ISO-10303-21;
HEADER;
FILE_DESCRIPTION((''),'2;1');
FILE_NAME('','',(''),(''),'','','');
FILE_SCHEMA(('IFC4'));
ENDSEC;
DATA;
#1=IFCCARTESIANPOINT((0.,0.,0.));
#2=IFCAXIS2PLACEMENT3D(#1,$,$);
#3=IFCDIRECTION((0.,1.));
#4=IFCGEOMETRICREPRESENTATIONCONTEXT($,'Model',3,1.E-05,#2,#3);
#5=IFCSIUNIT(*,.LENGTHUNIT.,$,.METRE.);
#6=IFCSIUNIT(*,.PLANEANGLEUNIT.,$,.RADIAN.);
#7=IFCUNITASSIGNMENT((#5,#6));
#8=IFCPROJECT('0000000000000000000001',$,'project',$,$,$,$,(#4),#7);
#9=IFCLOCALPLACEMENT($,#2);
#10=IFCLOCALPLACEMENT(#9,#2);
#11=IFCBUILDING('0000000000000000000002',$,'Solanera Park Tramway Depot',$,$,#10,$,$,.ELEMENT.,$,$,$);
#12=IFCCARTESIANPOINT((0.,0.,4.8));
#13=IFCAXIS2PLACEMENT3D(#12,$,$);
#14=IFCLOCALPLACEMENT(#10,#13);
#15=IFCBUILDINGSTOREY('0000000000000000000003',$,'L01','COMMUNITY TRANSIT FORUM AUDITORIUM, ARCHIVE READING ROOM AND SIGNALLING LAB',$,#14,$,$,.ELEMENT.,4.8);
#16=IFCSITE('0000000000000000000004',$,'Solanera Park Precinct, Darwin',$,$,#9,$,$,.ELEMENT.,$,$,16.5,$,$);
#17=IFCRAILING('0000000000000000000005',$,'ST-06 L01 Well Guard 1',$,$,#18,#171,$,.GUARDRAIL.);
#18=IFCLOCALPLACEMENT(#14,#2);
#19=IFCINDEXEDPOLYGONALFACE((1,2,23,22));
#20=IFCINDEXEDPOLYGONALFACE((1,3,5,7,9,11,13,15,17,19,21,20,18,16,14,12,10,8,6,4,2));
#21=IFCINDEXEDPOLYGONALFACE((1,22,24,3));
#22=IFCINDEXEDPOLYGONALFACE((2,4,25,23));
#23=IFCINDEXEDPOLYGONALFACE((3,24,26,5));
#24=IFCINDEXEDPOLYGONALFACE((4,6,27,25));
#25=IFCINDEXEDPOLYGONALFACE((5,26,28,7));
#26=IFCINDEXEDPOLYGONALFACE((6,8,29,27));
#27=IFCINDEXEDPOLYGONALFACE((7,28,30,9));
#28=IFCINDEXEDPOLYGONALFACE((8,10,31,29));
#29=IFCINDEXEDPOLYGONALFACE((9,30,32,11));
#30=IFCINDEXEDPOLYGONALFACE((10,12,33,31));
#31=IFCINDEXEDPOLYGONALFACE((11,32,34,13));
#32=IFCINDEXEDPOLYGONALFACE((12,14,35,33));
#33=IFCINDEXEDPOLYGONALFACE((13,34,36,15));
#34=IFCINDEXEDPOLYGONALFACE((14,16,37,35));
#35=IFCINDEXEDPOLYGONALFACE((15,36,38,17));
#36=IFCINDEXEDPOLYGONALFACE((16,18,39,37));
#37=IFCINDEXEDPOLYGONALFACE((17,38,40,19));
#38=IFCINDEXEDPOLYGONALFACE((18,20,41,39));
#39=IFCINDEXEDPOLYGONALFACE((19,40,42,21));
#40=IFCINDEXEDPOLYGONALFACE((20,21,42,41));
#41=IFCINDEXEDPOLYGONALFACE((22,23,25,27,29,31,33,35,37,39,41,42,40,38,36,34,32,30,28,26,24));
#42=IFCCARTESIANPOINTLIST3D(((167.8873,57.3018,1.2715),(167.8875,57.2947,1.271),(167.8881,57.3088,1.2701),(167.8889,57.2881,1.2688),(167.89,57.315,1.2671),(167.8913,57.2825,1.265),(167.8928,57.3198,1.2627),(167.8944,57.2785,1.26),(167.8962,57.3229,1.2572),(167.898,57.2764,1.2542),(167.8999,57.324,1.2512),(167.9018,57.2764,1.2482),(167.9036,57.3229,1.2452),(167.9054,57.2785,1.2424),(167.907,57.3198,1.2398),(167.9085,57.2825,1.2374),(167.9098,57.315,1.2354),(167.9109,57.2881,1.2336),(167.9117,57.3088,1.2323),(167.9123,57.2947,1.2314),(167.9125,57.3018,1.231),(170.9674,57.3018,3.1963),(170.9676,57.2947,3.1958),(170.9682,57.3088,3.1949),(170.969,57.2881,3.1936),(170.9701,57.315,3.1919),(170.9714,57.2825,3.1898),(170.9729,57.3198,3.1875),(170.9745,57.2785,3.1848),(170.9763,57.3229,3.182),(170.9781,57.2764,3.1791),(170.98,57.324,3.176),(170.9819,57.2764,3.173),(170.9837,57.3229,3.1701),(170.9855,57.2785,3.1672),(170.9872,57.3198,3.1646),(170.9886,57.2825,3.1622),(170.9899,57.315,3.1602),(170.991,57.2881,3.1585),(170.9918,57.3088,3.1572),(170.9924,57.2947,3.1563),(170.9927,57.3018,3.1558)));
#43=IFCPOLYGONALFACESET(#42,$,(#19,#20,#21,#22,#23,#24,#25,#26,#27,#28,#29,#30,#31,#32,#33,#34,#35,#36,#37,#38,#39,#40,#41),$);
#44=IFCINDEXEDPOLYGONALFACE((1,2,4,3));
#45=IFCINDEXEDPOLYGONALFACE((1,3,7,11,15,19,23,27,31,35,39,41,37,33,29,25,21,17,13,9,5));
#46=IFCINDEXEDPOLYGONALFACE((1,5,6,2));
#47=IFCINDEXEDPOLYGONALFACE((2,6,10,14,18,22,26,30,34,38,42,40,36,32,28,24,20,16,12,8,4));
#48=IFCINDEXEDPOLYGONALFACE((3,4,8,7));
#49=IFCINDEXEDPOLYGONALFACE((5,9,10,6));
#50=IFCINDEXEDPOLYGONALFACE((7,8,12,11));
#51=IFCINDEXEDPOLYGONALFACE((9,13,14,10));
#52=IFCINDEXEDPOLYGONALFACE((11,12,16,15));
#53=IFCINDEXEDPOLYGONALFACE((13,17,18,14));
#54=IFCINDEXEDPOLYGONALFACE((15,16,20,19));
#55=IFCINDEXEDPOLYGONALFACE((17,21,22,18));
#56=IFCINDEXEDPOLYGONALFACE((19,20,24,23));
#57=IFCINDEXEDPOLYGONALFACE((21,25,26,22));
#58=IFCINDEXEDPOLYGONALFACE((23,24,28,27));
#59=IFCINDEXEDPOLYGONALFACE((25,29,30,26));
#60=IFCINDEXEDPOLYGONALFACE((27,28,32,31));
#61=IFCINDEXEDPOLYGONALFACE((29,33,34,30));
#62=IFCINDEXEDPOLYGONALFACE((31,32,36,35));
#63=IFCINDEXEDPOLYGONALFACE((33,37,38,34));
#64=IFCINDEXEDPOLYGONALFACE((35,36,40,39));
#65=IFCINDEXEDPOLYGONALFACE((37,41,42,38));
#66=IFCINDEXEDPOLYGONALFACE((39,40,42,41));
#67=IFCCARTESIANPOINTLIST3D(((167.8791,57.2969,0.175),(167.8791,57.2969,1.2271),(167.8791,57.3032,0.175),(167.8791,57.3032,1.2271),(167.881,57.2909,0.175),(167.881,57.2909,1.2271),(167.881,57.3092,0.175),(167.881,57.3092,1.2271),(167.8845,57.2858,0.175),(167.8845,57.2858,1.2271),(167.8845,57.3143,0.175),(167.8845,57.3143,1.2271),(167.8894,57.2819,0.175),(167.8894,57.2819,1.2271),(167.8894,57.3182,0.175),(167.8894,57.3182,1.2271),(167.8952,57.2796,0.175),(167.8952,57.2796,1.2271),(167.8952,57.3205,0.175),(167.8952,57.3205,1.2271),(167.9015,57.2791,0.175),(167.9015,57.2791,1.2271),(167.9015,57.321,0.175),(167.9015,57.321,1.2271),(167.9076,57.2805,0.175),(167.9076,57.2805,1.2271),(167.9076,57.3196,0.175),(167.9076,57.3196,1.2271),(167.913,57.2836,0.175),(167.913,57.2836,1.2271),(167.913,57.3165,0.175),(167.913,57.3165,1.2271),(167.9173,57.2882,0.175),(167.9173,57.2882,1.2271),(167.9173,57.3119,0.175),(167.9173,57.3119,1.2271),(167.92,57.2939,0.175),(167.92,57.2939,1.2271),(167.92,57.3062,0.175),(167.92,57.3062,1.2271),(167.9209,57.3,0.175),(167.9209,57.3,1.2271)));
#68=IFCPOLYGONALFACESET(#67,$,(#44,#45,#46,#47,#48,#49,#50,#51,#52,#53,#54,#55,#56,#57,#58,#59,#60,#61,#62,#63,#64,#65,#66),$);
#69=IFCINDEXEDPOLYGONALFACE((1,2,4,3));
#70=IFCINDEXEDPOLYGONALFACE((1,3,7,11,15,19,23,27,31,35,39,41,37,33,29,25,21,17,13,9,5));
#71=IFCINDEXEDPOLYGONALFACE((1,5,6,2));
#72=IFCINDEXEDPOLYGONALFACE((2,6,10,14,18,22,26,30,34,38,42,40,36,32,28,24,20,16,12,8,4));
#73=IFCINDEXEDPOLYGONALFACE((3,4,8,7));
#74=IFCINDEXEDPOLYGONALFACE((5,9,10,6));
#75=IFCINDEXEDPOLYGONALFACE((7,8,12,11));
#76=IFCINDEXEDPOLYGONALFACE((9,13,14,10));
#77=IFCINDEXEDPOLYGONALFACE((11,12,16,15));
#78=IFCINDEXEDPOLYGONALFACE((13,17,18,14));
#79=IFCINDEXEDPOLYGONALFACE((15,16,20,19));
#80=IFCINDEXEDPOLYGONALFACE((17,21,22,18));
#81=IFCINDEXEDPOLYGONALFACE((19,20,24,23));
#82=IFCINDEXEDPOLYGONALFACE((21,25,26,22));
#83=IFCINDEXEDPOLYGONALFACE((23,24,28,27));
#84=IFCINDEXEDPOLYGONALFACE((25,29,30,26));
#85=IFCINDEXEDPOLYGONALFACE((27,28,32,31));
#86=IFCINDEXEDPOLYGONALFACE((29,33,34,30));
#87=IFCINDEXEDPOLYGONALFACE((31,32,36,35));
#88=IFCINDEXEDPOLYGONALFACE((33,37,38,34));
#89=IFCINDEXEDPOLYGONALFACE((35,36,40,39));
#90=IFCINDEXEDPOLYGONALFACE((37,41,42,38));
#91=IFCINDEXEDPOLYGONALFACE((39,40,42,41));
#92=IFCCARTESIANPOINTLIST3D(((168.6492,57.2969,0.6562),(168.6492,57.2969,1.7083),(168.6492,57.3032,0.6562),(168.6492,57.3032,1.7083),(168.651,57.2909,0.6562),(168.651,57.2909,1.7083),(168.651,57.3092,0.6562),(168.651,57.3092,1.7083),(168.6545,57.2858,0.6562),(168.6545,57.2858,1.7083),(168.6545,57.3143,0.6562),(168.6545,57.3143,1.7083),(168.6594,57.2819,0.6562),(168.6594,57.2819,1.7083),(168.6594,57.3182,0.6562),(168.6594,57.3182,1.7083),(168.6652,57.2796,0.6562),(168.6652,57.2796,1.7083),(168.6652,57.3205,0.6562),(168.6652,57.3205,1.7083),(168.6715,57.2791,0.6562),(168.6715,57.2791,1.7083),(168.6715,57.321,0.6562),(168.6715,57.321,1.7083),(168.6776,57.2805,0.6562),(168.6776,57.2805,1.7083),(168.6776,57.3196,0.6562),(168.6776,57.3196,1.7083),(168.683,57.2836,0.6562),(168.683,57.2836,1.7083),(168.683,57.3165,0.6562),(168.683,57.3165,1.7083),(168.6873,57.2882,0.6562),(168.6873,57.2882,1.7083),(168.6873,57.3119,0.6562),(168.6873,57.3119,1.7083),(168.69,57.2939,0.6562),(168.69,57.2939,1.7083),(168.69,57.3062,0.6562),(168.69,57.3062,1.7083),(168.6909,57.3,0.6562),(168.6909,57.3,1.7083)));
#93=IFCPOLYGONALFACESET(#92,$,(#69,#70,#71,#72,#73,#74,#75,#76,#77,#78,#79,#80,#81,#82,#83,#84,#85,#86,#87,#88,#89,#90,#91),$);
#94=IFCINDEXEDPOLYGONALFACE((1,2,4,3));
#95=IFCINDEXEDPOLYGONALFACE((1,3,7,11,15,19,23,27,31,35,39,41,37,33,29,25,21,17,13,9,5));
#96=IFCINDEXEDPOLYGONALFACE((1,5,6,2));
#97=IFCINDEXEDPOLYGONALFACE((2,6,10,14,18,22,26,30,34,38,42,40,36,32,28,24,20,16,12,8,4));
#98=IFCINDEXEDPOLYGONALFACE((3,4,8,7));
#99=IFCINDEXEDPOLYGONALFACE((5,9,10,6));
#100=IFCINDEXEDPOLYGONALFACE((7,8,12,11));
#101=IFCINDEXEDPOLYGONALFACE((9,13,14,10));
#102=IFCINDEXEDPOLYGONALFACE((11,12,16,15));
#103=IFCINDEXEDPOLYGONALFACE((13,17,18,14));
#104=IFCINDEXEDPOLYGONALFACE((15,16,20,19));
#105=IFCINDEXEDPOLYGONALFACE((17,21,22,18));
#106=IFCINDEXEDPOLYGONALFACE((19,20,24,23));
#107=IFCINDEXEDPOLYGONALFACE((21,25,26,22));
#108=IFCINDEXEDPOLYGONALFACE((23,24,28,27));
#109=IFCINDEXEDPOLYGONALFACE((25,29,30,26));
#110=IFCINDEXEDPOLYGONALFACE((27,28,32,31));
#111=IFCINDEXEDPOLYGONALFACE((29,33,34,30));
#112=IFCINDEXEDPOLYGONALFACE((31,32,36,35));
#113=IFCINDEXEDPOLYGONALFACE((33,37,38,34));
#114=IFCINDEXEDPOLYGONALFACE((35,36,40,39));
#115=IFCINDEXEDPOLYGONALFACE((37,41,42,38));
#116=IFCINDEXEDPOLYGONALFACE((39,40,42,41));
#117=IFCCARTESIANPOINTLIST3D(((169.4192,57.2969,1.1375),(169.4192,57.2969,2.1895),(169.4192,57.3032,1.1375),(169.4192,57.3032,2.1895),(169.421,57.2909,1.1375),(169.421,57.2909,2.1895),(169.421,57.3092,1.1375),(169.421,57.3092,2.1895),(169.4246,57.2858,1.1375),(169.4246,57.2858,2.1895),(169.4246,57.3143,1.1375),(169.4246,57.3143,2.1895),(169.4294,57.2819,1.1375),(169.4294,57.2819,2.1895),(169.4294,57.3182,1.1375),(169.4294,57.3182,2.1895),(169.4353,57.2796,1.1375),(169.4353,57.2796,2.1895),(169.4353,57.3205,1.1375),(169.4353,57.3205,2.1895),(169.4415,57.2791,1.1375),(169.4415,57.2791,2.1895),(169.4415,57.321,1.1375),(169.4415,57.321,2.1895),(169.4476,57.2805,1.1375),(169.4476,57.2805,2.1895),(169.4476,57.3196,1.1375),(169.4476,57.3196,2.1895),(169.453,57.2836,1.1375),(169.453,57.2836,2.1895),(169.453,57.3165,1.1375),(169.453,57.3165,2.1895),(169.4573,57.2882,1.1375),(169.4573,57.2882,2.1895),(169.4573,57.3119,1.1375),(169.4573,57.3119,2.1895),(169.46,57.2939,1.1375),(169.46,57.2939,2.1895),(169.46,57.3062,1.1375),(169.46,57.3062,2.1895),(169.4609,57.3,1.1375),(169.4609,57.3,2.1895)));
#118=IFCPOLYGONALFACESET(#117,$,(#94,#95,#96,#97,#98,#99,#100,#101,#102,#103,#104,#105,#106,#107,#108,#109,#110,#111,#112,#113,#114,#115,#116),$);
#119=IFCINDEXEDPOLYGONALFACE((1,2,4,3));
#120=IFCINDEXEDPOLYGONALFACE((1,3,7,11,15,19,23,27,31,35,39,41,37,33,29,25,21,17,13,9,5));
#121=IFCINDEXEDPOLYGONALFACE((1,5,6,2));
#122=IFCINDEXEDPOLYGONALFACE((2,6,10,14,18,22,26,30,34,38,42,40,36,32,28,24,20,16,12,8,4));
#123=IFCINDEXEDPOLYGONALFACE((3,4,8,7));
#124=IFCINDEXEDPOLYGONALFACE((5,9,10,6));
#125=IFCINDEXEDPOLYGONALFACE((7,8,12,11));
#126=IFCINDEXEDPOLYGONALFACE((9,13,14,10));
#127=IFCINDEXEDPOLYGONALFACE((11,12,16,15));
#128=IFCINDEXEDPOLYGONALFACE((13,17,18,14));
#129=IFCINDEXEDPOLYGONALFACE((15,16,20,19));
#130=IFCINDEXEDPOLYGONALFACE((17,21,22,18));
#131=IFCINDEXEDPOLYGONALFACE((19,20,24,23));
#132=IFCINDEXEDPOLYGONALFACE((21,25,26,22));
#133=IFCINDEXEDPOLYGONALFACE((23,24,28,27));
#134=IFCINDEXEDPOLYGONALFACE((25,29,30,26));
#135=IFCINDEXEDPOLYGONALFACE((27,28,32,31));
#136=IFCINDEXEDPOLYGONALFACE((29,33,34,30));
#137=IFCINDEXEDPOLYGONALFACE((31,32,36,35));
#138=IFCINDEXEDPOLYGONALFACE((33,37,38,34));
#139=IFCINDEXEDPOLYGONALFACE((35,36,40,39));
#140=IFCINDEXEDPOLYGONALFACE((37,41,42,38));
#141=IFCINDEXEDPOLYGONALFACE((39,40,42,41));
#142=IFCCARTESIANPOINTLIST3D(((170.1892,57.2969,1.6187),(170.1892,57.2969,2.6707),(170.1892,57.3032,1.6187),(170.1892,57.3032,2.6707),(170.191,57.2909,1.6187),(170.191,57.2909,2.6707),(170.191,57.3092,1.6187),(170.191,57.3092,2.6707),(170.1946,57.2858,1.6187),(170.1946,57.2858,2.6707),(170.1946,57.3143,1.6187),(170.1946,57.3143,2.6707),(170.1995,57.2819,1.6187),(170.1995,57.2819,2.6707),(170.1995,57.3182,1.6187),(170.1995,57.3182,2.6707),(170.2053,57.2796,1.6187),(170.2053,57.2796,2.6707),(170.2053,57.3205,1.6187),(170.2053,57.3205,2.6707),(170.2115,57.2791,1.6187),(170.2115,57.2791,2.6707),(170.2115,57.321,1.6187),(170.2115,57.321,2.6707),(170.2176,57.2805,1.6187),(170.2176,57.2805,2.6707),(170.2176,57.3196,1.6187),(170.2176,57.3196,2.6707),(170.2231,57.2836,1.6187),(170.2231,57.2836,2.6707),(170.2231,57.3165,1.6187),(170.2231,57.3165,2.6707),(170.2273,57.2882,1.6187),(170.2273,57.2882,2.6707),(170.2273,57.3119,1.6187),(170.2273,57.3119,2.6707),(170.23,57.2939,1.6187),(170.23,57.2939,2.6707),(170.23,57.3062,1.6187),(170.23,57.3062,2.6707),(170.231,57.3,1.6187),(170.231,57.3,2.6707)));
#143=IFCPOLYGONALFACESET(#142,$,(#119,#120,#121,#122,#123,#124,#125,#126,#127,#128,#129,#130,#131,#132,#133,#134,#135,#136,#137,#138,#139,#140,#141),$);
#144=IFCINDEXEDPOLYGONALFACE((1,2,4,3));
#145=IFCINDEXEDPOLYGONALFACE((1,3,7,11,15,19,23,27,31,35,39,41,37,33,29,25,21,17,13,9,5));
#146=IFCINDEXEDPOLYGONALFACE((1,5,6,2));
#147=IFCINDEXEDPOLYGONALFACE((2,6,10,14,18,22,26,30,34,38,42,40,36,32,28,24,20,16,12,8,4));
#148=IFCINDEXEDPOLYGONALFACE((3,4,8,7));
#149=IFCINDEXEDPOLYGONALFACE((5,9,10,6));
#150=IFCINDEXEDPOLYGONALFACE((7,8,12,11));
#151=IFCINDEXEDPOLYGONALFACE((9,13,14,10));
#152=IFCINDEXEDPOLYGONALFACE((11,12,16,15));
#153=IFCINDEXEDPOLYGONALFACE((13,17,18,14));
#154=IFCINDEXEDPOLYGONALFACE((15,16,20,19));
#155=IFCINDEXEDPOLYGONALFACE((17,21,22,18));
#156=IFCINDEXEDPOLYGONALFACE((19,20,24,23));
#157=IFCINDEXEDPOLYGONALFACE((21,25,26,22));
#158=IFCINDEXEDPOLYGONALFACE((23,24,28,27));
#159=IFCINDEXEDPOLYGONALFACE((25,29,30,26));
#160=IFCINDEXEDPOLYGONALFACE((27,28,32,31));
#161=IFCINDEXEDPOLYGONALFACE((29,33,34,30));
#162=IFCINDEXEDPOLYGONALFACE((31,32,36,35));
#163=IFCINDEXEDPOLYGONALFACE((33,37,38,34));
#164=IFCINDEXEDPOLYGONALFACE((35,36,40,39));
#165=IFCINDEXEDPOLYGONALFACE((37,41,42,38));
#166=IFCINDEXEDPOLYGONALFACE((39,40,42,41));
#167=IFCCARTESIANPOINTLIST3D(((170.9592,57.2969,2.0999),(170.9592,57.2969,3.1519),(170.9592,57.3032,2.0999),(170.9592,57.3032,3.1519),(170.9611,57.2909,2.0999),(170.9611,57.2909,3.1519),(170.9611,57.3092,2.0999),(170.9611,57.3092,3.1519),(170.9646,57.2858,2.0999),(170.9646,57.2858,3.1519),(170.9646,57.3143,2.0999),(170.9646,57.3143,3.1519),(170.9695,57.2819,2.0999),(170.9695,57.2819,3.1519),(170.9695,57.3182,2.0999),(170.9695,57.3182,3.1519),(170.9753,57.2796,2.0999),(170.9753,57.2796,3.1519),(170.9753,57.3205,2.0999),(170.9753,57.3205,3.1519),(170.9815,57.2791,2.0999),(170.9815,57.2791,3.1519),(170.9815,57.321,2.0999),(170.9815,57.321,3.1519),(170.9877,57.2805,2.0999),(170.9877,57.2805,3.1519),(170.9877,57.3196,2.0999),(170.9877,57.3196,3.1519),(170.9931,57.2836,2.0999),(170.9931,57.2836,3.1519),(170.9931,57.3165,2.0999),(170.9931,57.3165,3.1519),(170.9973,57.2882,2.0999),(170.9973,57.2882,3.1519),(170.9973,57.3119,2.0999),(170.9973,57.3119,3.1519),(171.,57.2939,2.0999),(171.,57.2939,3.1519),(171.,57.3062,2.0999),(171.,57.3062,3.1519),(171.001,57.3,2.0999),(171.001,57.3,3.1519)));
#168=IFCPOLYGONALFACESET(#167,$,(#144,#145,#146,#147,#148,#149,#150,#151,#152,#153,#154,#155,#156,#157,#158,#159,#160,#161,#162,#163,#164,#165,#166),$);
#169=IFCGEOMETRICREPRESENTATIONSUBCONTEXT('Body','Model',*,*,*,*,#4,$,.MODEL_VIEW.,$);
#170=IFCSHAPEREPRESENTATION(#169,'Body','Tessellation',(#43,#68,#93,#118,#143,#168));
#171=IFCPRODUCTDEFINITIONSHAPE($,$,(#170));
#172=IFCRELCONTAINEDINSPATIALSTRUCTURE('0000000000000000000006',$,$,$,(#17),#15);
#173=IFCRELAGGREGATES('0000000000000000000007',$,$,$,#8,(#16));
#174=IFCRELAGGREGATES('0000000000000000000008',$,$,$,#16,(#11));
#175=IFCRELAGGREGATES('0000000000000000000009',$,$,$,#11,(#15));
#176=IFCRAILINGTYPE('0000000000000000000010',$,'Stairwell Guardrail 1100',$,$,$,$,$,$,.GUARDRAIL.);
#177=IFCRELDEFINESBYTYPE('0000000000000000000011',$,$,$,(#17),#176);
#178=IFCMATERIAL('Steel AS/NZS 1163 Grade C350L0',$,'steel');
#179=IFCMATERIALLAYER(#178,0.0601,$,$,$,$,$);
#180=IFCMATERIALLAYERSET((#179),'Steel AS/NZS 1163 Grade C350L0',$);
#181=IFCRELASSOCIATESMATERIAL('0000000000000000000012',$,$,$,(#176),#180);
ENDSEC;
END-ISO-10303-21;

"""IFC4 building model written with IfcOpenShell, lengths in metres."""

from ifc_helpers import new_model, si_unit, direction, frame, origin, origin_2d, place, context, subcontext, project, spatial, circle, extrude, material, layer, layer_set, type_object, element, save


model = new_model("IFC4")

# Units and contexts
model_context = context("Model", 3, precision=1e-05, world=origin(), true_north=direction((0.0, 1.0)))
body_context = subcontext(model_context, "Body", "Model", "MODEL_VIEW")
ifc_project = project(units=[si_unit("LENGTHUNIT", "METRE"), si_unit("PLANEANGLEUNIT", "RADIAN")], contexts=[model_context])

# Site, building, storey
site_placement = place(None, origin())
site = spatial("IfcSite", under=ifc_project, at=site_placement, Name="Solanera Park Precinct, Darwin", CompositionType="ELEMENT", RefElevation=16.5)
building_placement = place(site_placement, origin())
building = spatial("IfcBuilding", under=site, at=building_placement, Name="Solanera Park Tramway Depot", CompositionType="ELEMENT")
storey_placement = place(building_placement, frame((0.0, 0.0, 4.8)))
storey = spatial("IfcBuildingStorey", under=building, at=storey_placement, Name="L01", Description="COMMUNITY TRANSIT FORUM AUDITORIUM, ARCHIVE READING ROOM AND SIGNALLING LAB", CompositionType="ELEMENT", Elevation=4.8)

# Railing
ifc_material_1 = material(Name="Steel AS/NZS 1163 Grade C350L0", Category="steel")
ifc_layer_1 = layer(ifc_material_1, 0.0601)
ifc_layer_set_1 = layer_set([ifc_layer_1], Name="Steel AS/NZS 1163 Grade C350L0")
railing_type_1 = type_object("IfcRailingType", Name="Stairwell Guardrail 1100", PredefinedType="GUARDRAIL", material=ifc_layer_set_1)
railing_1_placement = place(storey_placement, frame((167.8999, 57.3, 0.175)))
element("IfcRailing", 1, at=railing_1_placement, inside=storey, type_object=railing_type_1, Name="ST-06 L01 Well Guard 1", PredefinedType="GUARDRAIL", context=body_context, shape_type="SweptSolid", body=[
    extrude(circle(Radius=0.0239, at=origin_2d()), frame((0.0, 0.0, 1.0762), z_axis=(0.848029, 0.0, 0.529951), x_axis=(0.0, 1.0, 0.0)), (0.0, 0.0, 1.0), 3.6321),
    extrude(circle(Radius=0.021, at=origin_2d()), origin(), (0.0, 0.0, 1.0), 1.052),
    extrude(circle(Radius=0.021, at=origin_2d()), frame((0.77, 0.0, 0.4812)), (0.0, 0.0, 1.0), 1.052),
    extrude(circle(Radius=0.021, at=origin_2d()), frame((1.54, 0.0, 0.9624)), (0.0, 0.0, 1.0), 1.052),
    extrude(circle(Radius=0.021, at=origin_2d()), frame((2.3101, 0.0, 1.4436)), (0.0, 0.0, 1.0), 1.052),
    extrude(circle(Radius=0.021, at=origin_2d()), frame((3.0801, 0.0, 1.9248)), (0.0, 0.0, 1.0), 1.052),
])

save(model, "model.ifc")
